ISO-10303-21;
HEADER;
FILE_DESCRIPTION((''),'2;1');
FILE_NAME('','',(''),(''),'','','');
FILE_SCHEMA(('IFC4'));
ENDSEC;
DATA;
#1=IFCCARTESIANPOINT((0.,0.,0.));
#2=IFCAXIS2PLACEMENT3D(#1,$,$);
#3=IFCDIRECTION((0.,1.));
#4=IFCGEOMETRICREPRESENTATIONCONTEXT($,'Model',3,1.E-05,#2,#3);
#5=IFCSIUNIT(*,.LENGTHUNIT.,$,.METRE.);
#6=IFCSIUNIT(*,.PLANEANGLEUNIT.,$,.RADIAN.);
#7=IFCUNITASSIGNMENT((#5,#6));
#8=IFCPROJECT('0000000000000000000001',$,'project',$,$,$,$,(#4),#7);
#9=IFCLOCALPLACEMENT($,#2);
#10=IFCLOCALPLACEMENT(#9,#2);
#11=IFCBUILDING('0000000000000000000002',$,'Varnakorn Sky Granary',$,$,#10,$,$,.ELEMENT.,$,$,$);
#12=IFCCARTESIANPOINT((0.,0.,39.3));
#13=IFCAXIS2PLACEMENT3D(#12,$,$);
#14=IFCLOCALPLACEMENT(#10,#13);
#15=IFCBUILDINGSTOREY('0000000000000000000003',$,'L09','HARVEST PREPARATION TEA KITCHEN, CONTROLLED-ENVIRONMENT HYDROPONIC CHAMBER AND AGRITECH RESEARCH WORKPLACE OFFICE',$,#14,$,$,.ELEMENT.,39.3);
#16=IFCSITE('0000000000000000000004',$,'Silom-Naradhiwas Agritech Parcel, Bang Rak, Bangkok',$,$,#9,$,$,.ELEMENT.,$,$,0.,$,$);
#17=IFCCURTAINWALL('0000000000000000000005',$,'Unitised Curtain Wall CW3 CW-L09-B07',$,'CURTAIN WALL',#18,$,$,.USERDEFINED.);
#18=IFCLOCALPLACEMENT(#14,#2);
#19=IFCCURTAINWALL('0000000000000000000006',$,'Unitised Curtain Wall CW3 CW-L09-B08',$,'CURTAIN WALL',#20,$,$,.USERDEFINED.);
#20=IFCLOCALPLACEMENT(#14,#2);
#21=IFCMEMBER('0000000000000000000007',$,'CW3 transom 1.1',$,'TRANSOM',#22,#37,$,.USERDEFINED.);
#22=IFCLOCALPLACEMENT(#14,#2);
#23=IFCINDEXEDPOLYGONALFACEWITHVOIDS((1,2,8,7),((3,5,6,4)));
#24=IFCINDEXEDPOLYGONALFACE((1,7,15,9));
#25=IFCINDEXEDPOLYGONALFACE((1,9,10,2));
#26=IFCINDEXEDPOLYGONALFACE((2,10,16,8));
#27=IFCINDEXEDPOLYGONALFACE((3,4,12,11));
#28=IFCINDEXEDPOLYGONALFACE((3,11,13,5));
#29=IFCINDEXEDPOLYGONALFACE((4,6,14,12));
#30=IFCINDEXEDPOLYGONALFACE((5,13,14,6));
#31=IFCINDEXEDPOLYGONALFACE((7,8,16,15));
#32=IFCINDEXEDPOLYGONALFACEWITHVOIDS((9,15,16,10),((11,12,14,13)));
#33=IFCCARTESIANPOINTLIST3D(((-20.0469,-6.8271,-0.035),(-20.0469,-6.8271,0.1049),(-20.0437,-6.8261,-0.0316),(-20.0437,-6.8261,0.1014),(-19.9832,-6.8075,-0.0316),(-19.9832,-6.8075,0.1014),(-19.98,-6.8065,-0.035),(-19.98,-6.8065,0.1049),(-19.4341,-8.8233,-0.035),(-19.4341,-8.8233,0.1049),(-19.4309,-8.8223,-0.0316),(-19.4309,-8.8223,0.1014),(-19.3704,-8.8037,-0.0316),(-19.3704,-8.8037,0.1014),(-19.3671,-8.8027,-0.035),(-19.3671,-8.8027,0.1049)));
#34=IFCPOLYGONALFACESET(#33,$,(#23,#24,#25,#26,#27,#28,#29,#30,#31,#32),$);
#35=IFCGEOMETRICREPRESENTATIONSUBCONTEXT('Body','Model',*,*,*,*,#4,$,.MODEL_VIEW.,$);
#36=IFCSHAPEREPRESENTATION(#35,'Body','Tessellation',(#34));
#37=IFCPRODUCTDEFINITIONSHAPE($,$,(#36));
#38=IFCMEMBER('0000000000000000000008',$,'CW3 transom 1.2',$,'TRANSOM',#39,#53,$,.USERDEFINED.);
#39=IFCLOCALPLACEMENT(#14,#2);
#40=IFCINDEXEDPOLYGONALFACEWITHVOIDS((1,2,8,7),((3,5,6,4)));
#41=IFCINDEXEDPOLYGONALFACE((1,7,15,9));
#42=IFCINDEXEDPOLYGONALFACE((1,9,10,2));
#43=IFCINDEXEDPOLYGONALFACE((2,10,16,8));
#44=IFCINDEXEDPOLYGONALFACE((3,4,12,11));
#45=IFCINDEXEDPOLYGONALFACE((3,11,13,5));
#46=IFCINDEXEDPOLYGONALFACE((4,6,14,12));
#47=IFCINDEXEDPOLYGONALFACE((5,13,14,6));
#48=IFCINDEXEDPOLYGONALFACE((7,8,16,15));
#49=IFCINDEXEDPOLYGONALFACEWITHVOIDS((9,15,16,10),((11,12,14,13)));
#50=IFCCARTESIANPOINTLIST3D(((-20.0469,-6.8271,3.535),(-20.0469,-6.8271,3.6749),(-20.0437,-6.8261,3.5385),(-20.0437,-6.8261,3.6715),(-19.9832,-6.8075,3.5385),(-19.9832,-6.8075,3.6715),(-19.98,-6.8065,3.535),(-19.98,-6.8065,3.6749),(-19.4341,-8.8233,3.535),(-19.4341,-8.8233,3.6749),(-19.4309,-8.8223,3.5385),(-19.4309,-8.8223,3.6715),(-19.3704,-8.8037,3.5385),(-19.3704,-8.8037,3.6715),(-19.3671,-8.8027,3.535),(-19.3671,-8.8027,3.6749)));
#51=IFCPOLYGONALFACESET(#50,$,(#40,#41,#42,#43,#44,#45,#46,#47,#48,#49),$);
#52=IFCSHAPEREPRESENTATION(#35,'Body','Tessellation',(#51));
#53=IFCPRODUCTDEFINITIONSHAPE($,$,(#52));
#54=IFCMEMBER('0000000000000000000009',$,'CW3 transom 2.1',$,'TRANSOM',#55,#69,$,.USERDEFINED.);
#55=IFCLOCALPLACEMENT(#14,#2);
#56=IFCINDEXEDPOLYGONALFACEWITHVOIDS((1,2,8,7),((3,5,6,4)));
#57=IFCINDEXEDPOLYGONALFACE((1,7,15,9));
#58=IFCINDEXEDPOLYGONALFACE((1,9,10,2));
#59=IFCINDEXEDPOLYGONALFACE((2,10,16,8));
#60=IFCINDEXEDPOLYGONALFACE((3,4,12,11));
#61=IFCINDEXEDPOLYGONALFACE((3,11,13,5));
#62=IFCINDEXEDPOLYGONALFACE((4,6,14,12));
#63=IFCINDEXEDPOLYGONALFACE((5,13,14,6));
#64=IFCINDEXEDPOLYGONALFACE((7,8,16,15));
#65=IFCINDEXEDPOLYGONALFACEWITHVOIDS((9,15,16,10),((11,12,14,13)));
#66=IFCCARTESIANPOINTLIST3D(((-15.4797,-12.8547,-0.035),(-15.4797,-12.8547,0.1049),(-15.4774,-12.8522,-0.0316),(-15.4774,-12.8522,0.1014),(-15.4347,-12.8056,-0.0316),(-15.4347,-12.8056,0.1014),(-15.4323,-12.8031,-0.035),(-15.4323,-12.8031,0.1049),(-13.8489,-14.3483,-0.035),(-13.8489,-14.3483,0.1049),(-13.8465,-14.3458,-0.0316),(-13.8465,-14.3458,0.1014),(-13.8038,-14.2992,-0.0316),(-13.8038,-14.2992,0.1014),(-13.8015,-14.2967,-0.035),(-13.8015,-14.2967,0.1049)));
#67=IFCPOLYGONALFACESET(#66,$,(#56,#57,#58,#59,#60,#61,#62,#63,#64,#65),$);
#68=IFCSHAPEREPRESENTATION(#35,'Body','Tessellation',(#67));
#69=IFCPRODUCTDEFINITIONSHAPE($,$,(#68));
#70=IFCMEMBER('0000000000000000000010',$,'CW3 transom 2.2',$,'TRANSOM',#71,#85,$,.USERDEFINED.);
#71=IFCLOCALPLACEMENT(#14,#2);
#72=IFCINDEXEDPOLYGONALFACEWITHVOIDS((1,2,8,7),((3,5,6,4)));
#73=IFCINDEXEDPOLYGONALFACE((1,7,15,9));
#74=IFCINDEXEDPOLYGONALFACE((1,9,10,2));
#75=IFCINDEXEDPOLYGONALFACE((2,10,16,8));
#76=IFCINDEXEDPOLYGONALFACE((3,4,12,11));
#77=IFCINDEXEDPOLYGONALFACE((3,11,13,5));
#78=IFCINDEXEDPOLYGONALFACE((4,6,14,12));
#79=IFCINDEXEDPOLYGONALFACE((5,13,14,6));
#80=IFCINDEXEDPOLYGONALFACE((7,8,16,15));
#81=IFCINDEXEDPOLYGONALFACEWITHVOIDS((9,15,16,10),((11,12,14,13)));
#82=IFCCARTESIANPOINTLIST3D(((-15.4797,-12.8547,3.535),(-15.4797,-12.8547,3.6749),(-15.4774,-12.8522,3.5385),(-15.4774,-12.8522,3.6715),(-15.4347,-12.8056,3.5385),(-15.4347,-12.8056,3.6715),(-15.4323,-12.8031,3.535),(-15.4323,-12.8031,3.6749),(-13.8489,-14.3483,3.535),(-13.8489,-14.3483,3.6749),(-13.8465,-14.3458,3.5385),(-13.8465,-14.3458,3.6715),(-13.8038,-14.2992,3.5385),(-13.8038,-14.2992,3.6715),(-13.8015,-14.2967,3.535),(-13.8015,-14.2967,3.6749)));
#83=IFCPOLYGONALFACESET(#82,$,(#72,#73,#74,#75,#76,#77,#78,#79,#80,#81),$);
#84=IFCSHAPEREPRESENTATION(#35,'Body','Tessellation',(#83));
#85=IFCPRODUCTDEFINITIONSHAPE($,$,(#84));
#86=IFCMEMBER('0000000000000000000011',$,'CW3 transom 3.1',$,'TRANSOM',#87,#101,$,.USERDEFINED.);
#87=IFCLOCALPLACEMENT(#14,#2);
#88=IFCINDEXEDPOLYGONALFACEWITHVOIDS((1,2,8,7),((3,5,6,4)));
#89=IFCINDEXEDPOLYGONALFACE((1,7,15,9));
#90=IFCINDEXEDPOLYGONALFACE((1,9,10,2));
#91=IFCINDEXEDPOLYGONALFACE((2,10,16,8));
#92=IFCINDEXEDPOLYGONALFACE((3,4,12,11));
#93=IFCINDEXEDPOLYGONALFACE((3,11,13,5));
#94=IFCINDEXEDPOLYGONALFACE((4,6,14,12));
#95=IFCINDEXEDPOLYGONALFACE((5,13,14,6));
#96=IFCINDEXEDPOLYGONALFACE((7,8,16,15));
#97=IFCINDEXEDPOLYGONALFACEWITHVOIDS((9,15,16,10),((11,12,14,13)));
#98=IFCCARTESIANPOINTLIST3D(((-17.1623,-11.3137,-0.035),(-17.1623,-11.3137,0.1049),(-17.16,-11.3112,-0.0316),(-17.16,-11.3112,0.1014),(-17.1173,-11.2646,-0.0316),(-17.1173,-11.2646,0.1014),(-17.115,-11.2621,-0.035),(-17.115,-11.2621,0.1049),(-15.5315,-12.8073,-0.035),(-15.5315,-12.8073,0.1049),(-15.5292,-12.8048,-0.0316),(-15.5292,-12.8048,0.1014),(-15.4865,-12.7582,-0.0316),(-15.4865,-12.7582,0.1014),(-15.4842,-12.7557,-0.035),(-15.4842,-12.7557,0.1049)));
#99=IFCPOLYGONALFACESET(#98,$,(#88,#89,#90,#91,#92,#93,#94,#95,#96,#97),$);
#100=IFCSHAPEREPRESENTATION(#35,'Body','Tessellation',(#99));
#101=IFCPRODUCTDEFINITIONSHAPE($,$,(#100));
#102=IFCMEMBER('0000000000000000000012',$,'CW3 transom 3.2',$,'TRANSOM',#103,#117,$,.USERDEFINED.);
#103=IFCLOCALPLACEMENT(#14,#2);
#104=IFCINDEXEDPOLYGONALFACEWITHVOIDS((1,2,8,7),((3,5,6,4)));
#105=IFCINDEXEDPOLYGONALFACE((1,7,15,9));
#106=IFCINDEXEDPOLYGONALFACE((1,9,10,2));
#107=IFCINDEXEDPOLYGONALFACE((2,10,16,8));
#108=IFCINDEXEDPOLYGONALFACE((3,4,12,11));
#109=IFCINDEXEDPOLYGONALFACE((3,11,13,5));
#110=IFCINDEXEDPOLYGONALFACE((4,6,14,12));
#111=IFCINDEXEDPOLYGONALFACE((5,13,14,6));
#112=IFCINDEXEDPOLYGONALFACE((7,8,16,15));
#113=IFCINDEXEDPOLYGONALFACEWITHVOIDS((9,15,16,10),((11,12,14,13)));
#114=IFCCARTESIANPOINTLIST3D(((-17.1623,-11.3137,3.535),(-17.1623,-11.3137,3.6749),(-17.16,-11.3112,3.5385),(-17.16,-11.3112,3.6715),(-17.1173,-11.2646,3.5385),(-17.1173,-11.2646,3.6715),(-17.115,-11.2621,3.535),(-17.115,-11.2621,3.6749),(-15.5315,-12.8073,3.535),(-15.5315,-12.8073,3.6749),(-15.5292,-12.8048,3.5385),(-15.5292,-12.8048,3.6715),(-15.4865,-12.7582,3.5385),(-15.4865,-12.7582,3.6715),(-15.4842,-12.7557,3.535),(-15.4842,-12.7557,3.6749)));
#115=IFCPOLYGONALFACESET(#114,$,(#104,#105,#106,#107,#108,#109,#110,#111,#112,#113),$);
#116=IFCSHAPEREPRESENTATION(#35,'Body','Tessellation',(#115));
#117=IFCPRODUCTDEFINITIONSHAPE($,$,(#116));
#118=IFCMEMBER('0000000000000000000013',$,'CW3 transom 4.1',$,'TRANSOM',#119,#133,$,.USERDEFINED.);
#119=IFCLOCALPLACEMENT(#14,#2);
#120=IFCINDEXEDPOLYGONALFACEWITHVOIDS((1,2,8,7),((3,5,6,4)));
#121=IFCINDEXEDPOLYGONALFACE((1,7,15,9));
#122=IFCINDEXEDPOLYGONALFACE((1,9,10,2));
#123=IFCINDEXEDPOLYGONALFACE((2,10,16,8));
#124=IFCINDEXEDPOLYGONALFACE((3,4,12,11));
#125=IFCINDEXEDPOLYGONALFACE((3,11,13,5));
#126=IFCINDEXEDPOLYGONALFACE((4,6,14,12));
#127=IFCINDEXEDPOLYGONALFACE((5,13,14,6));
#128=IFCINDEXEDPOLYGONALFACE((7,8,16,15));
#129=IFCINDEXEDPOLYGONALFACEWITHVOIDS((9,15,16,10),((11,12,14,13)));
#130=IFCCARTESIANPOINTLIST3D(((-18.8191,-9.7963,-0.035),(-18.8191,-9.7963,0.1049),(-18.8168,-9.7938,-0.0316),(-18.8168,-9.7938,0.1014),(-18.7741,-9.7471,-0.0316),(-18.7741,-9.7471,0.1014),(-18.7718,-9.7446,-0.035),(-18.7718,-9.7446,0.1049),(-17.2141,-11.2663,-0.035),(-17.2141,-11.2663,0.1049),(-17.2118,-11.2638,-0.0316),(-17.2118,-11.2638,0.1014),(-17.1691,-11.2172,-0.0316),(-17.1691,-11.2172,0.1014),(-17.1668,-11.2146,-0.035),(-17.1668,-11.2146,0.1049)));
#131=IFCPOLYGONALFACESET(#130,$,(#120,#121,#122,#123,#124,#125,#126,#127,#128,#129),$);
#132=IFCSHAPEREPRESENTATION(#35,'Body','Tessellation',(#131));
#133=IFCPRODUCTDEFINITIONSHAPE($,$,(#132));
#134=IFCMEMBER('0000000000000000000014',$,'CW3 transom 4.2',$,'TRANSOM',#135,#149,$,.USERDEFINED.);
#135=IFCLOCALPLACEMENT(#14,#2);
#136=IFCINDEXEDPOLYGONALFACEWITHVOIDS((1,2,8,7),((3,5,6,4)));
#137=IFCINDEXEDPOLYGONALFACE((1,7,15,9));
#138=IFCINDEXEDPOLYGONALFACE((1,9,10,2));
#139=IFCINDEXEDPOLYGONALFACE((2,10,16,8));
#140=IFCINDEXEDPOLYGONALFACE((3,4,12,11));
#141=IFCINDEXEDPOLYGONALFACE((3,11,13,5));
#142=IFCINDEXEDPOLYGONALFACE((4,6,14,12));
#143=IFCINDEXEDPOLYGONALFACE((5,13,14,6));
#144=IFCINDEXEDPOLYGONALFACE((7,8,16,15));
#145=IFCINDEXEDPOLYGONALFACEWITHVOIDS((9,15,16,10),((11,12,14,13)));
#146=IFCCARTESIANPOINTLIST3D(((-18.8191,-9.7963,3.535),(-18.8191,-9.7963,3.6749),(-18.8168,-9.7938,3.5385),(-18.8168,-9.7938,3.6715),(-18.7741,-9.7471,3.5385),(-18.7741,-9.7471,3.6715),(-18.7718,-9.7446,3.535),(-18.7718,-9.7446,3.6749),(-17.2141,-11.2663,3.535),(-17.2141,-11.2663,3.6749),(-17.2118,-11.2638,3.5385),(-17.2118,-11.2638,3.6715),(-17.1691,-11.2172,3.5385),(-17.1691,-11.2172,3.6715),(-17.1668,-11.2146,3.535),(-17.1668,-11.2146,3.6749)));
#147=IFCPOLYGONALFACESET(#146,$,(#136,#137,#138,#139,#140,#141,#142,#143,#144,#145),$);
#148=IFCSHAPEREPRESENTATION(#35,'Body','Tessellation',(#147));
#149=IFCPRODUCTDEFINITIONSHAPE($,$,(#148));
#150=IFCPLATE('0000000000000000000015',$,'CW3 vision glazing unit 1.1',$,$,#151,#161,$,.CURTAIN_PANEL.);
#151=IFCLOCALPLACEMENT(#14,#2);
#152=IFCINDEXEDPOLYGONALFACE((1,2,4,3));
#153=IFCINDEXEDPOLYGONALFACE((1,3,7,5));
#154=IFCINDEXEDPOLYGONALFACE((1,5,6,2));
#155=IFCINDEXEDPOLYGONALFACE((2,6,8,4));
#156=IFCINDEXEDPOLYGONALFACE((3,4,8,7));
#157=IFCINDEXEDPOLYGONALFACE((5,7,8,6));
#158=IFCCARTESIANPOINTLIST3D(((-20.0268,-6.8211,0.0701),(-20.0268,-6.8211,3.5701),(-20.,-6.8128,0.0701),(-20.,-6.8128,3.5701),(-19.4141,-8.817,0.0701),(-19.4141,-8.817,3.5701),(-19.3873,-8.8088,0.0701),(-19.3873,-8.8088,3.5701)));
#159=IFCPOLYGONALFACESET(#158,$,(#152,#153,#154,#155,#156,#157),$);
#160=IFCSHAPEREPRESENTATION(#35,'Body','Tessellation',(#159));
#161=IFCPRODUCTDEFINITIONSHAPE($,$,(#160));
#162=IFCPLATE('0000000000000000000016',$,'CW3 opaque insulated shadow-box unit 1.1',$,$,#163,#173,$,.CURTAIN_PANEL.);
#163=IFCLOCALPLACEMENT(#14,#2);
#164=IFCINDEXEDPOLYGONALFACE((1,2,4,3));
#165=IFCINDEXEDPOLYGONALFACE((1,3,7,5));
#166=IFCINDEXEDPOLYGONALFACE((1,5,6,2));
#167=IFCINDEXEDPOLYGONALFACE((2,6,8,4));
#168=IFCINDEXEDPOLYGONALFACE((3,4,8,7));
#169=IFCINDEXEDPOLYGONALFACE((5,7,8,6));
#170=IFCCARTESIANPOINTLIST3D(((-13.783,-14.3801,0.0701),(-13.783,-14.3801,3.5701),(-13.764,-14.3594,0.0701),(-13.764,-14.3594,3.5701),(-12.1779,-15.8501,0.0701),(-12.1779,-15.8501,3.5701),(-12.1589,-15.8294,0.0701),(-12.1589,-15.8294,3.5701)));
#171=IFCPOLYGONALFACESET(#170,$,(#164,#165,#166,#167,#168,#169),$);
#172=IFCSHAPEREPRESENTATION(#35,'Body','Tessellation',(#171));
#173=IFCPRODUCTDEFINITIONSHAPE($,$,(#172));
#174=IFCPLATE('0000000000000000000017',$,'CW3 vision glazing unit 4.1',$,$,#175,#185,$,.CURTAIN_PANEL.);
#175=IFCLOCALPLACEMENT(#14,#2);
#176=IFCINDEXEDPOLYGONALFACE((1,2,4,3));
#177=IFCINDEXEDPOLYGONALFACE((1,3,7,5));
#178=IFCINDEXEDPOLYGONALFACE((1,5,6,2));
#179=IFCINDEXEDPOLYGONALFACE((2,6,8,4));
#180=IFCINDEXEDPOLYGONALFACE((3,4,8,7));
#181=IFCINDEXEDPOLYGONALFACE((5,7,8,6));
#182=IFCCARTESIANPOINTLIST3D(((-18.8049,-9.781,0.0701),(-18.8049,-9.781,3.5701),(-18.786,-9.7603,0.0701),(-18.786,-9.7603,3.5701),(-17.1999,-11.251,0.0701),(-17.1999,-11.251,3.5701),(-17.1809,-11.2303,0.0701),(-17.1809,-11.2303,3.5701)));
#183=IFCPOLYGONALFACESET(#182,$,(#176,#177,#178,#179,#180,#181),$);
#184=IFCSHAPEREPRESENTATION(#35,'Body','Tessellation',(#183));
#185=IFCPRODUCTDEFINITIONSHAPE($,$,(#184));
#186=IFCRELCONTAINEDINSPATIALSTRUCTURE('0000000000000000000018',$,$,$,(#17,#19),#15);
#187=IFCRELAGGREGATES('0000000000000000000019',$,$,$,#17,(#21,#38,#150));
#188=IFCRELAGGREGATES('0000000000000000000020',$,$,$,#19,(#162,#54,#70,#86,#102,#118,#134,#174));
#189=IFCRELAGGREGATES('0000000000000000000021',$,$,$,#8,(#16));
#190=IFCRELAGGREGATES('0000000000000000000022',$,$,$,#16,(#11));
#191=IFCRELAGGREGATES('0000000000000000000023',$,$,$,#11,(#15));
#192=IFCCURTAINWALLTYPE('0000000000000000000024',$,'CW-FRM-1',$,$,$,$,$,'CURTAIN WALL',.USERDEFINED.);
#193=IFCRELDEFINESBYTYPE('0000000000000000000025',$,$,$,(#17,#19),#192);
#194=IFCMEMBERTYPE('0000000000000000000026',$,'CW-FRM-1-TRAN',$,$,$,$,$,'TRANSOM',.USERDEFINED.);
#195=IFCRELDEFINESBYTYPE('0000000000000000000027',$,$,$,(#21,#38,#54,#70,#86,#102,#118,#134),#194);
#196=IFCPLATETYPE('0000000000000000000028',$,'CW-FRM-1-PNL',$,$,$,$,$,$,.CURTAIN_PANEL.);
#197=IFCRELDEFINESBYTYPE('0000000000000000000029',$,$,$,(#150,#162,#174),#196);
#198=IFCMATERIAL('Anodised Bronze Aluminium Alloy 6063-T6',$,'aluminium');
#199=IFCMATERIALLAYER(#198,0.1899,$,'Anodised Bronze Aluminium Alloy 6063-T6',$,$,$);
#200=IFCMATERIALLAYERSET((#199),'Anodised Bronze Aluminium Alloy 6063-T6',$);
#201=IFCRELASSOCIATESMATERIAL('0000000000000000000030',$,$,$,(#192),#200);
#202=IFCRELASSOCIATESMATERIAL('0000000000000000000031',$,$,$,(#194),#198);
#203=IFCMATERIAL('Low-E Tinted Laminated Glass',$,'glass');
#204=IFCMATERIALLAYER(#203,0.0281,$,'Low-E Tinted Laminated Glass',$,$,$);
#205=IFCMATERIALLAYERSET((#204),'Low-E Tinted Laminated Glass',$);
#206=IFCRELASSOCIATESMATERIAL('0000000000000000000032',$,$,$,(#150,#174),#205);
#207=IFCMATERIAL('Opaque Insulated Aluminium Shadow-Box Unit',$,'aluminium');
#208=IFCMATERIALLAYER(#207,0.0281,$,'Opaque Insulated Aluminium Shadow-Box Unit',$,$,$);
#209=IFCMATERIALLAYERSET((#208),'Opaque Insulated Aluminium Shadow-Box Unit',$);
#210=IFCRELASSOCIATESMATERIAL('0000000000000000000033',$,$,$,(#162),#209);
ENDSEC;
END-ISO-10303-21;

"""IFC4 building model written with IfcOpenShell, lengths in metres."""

from ifc_helpers import new_model, si_unit, direction, frame, origin, origin_2d, place, context, subcontext, project, spatial, rectangle, hollow_rectangle, extrude, source, transform, mapped, material, layer, layer_set, material_profile, profile_set, type_object, element, aggregate, save


model = new_model("IFC4")

# Units and contexts
model_context = context("Model", 3, precision=1e-05, world=origin(), true_north=direction((0.0, 1.0)))
body_context = subcontext(model_context, "Body", "Model", "MODEL_VIEW")
ifc_project = project(units=[si_unit("LENGTHUNIT", "METRE"), si_unit("PLANEANGLEUNIT", "RADIAN")], contexts=[model_context])

# Site, building, storey
site_placement = place(None, origin())
site = spatial("IfcSite", under=ifc_project, at=site_placement, Name="Silom-Naradhiwas Agritech Parcel, Bang Rak, Bangkok", CompositionType="ELEMENT", RefElevation=0.0)
building_placement = place(site_placement, origin())
building = spatial("IfcBuilding", under=site, at=building_placement, Name="Varnakorn Sky Granary", CompositionType="ELEMENT")
storey_placement = place(building_placement, frame((0.0, 0.0, 39.3)))
storey = spatial("IfcBuildingStorey", under=building, at=storey_placement, Name="L09", Description="HARVEST PREPARATION TEA KITCHEN, CONTROLLED-ENVIRONMENT HYDROPONIC CHAMBER AND AGRITECH RESEARCH WORKPLACE OFFICE", CompositionType="ELEMENT", Elevation=39.3)

# Curtain wall
ifc_material_1 = material(Name="Anodised Bronze Aluminium Alloy 6063-T6", Category="aluminium")
ifc_layer_1 = layer(ifc_material_1, 0.1899, Name="Anodised Bronze Aluminium Alloy 6063-T6")
ifc_layer_set_1 = layer_set([ifc_layer_1], Name="Anodised Bronze Aluminium Alloy 6063-T6")
curtain_wall_type = type_object("IfcCurtainWallType", Name="CW-FRM-1", ElementType="CURTAIN WALL", PredefinedType="USERDEFINED", material=ifc_layer_set_1)
curtain_wall_1_placement = place(storey_placement, origin())
curtain_wall_1 = element("IfcCurtainWall", 1, at=curtain_wall_1_placement, inside=storey, type_object=curtain_wall_type, Name="Unitised Curtain Wall CW3 CW-L09-B07", ObjectType="CURTAIN WALL", PredefinedType="USERDEFINED")

# Curtain wall
curtain_wall_2_placement = place(storey_placement, origin())
curtain_wall_2 = element("IfcCurtainWall", 2, at=curtain_wall_2_placement, inside=storey, type_object=curtain_wall_type, Name="Unitised Curtain Wall CW3 CW-L09-B08", ObjectType="CURTAIN WALL", PredefinedType="USERDEFINED")

# Members
ifc_material_profile_1 = material_profile(ifc_material_1, hollow_rectangle(XDim=0.0701, YDim=0.1399, WallThickness=0.0034, at=origin_2d()), Name="ALU TRAN 70x140")
ifc_profile_set_1 = profile_set([ifc_material_profile_1], Name="Anodised Bronze Aluminium Alloy 6063-T6")
member_type_1 = type_object("IfcMemberType", Name="CW-FRM-1-TRAN", ElementType="TRANSOM", PredefinedType="USERDEFINED", material=ifc_profile_set_1)
member_1_placement = place(storey_placement, frame((-19.4006, -8.813, 0.0349), z_axis=(-0.293478, 0.955966, 0.0), x_axis=(-0.955966, -0.293478, 0.0)))
member_1 = element("IfcMember", 3, at=member_1_placement, type_object=member_type_1, Name="CW3 transom 1.1", ObjectType="TRANSOM", PredefinedType="USERDEFINED", context=body_context, shape_type="SweptSolid", body=[
    extrude(hollow_rectangle(XDim=0.0701, YDim=0.1399, WallThickness=0.0034, at=origin_2d()), origin(), (0.0, 0.0, 1.0), 2.0881),
])
member_2_placement = place(storey_placement, frame((-19.4006, -8.813, 3.605), z_axis=(-0.293478, 0.955966, 0.0), x_axis=(-0.955966, -0.293478, 0.0)))
member_2 = element("IfcMember", 4, at=member_2_placement, type_object=member_type_1, Name="CW3 transom 1.2", ObjectType="TRANSOM", PredefinedType="USERDEFINED", context=body_context, shape_type="SweptSolid", body=[
    extrude(hollow_rectangle(XDim=0.0701, YDim=0.1399, WallThickness=0.0034, at=origin_2d()), origin(), (0.0, 0.0, 1.0), 2.0881),
])
member_3_placement = place(storey_placement, frame((-13.8252, -14.3225, 0.0349), z_axis=(-0.737447, 0.675405, 0.0), x_axis=(-0.675405, -0.737447, 0.0)))
member_3 = element("IfcMember", 5, at=member_3_placement, type_object=member_type_1, Name="CW3 transom 2.1", ObjectType="TRANSOM", PredefinedType="USERDEFINED", context=body_context, shape_type="SweptSolid", body=[
    extrude(hollow_rectangle(XDim=0.0701, YDim=0.1399, WallThickness=0.0034, at=origin_2d()), origin(), (0.0, 0.0, 1.0), 2.2114),
])
member_4_placement = place(storey_placement, frame((-13.8252, -14.3225, 3.605), z_axis=(-0.737447, 0.675405, 0.0), x_axis=(-0.675405, -0.737447, 0.0)))
member_4 = element("IfcMember", 6, at=member_4_placement, type_object=member_type_1, Name="CW3 transom 2.2", ObjectType="TRANSOM", PredefinedType="USERDEFINED", context=body_context, shape_type="SweptSolid", body=[
    extrude(hollow_rectangle(XDim=0.0701, YDim=0.1399, WallThickness=0.0034, at=origin_2d()), origin(), (0.0, 0.0, 1.0), 2.2114),
])
member_5_placement = place(storey_placement, frame((-15.5078, -12.7815, 0.0349), z_axis=(-0.737447, 0.675405, 0.0), x_axis=(-0.675405, -0.737447, 0.0)))
member_5 = element("IfcMember", 7, at=member_5_placement, type_object=member_type_1, Name="CW3 transom 3.1", ObjectType="TRANSOM", PredefinedType="USERDEFINED", context=body_context, shape_type="SweptSolid", body=[
    extrude(hollow_rectangle(XDim=0.0701, YDim=0.1399, WallThickness=0.0034, at=origin_2d()), origin(), (0.0, 0.0, 1.0), 2.2114),
])
member_6_placement = place(storey_placement, frame((-15.5078, -12.7815, 3.605), z_axis=(-0.737447, 0.675405, 0.0), x_axis=(-0.675405, -0.737447, 0.0)))
member_6 = element("IfcMember", 8, at=member_6_placement, type_object=member_type_1, Name="CW3 transom 3.2", ObjectType="TRANSOM", PredefinedType="USERDEFINED", context=body_context, shape_type="SweptSolid", body=[
    extrude(hollow_rectangle(XDim=0.0701, YDim=0.1399, WallThickness=0.0034, at=origin_2d()), origin(), (0.0, 0.0, 1.0), 2.2114),
])
member_7_placement = place(storey_placement, frame((-17.1904, -11.2405, 0.0349), z_axis=(-0.737443, 0.67541, 0.0), x_axis=(-0.67541, -0.737443, 0.0)))
member_7 = element("IfcMember", 9, at=member_7_placement, type_object=member_type_1, Name="CW3 transom 4.1", ObjectType="TRANSOM", PredefinedType="USERDEFINED", context=body_context, shape_type="SweptSolid", body=[
    extrude(hollow_rectangle(XDim=0.0701, YDim=0.1399, WallThickness=0.0034, at=origin_2d()), origin(), (0.0, 0.0, 1.0), 2.1765),
])
member_8_placement = place(storey_placement, frame((-17.1904, -11.2405, 3.605), z_axis=(-0.737443, 0.67541, 0.0), x_axis=(-0.67541, -0.737443, 0.0)))
member_8 = element("IfcMember", 10, at=member_8_placement, type_object=member_type_1, Name="CW3 transom 4.2", ObjectType="TRANSOM", PredefinedType="USERDEFINED", context=body_context, shape_type="SweptSolid", body=[
    extrude(hollow_rectangle(XDim=0.0701, YDim=0.1399, WallThickness=0.0034, at=origin_2d()), origin(), (0.0, 0.0, 1.0), 2.1765),
])

# Plates
ifc_material_2 = material(Name="Low-E Tinted Laminated Glass", Category="glass")
ifc_layer_2 = layer(ifc_material_2, 0.0281, Name="Low-E Tinted Laminated Glass")
ifc_layer_set_2 = layer_set([ifc_layer_2], Name="Low-E Tinted Laminated Glass")
plate_type = type_object("IfcPlateType", Name="CW-FRM-1-PNL", PredefinedType="CURTAIN_PANEL")
shared_shape_1 = source(origin(), body_context, "Body", "SweptSolid", [
    extrude(rectangle(XDim=2.0879, YDim=0.0281, at=origin_2d()), origin(), (0.0, 0.0, 1.0), 3.5),
])
plate_1_placement = place(storey_placement, frame((-19.707, -7.8149, 0.0701), z_axis=(0.0, 0.0, 1.0), x_axis=(-0.293463, 0.955971, 0.0)))
plate_1 = element("IfcPlate", 11, at=plate_1_placement, type_object=plate_type, material=ifc_layer_set_2, Name="CW3 vision glazing unit 1.1", PredefinedType="CURTAIN_PANEL", context=body_context, shape_type="MappedRepresentation", body=[
    mapped(shared_shape_1, transform((0.0, 0.0, 0.0), x_axis=(1.0, 0.0, 0.0), y_axis=(0.0, 1.0, 0.0), z_axis=(0.0, 0.0, 1.0), scale=1.0)),
])
aggregate(curtain_wall_1, [member_1, member_2, plate_1])
ifc_material_3 = material(Name="Opaque Insulated Aluminium Shadow-Box Unit", Category="aluminium")
ifc_layer_3 = layer(ifc_material_3, 0.0281, Name="Opaque Insulated Aluminium Shadow-Box Unit")
ifc_layer_set_3 = layer_set([ifc_layer_3], Name="Opaque Insulated Aluminium Shadow-Box Unit")
shared_shape_2 = source(origin(), body_context, "Body", "SweptSolid", [
    extrude(rectangle(XDim=2.1765, YDim=0.0281, at=origin_2d()), origin(), (0.0, 0.0, 1.0), 3.5),
])
plate_2_placement = place(storey_placement, frame((-12.9709, -15.1047, 0.0701), z_axis=(0.0, 0.0, 1.0), x_axis=(-0.737462, 0.675389, 0.0)))
plate_2 = element("IfcPlate", 12, at=plate_2_placement, type_object=plate_type, material=ifc_layer_set_3, Name="CW3 opaque insulated shadow-box unit 1.1", PredefinedType="CURTAIN_PANEL", context=body_context, shape_type="MappedRepresentation", body=[
    mapped(shared_shape_2, transform((0.0, 0.0, 0.0), x_axis=(1.0, 0.0, 0.0), y_axis=(0.0, 1.0, 0.0), z_axis=(0.0, 0.0, 1.0), scale=1.0)),
])
plate_3_placement = place(storey_placement, frame((-17.9929, -10.5056, 0.0701), z_axis=(0.0, 0.0, 1.0), x_axis=(-0.737462, 0.675389, 0.0)))
plate_3 = element("IfcPlate", 13, at=plate_3_placement, type_object=plate_type, material=ifc_layer_set_2, Name="CW3 vision glazing unit 4.1", PredefinedType="CURTAIN_PANEL", context=body_context, shape_type="MappedRepresentation", body=[
    mapped(shared_shape_2, transform((0.0, 0.0, 0.0), x_axis=(1.0, 0.0, 0.0), y_axis=(0.0, 1.0, 0.0), z_axis=(0.0, 0.0, 1.0), scale=1.0)),
])
aggregate(curtain_wall_2, [plate_2, member_3, member_4, member_5, member_6, member_7, member_8, plate_3])

save(model, "model.ifc")
